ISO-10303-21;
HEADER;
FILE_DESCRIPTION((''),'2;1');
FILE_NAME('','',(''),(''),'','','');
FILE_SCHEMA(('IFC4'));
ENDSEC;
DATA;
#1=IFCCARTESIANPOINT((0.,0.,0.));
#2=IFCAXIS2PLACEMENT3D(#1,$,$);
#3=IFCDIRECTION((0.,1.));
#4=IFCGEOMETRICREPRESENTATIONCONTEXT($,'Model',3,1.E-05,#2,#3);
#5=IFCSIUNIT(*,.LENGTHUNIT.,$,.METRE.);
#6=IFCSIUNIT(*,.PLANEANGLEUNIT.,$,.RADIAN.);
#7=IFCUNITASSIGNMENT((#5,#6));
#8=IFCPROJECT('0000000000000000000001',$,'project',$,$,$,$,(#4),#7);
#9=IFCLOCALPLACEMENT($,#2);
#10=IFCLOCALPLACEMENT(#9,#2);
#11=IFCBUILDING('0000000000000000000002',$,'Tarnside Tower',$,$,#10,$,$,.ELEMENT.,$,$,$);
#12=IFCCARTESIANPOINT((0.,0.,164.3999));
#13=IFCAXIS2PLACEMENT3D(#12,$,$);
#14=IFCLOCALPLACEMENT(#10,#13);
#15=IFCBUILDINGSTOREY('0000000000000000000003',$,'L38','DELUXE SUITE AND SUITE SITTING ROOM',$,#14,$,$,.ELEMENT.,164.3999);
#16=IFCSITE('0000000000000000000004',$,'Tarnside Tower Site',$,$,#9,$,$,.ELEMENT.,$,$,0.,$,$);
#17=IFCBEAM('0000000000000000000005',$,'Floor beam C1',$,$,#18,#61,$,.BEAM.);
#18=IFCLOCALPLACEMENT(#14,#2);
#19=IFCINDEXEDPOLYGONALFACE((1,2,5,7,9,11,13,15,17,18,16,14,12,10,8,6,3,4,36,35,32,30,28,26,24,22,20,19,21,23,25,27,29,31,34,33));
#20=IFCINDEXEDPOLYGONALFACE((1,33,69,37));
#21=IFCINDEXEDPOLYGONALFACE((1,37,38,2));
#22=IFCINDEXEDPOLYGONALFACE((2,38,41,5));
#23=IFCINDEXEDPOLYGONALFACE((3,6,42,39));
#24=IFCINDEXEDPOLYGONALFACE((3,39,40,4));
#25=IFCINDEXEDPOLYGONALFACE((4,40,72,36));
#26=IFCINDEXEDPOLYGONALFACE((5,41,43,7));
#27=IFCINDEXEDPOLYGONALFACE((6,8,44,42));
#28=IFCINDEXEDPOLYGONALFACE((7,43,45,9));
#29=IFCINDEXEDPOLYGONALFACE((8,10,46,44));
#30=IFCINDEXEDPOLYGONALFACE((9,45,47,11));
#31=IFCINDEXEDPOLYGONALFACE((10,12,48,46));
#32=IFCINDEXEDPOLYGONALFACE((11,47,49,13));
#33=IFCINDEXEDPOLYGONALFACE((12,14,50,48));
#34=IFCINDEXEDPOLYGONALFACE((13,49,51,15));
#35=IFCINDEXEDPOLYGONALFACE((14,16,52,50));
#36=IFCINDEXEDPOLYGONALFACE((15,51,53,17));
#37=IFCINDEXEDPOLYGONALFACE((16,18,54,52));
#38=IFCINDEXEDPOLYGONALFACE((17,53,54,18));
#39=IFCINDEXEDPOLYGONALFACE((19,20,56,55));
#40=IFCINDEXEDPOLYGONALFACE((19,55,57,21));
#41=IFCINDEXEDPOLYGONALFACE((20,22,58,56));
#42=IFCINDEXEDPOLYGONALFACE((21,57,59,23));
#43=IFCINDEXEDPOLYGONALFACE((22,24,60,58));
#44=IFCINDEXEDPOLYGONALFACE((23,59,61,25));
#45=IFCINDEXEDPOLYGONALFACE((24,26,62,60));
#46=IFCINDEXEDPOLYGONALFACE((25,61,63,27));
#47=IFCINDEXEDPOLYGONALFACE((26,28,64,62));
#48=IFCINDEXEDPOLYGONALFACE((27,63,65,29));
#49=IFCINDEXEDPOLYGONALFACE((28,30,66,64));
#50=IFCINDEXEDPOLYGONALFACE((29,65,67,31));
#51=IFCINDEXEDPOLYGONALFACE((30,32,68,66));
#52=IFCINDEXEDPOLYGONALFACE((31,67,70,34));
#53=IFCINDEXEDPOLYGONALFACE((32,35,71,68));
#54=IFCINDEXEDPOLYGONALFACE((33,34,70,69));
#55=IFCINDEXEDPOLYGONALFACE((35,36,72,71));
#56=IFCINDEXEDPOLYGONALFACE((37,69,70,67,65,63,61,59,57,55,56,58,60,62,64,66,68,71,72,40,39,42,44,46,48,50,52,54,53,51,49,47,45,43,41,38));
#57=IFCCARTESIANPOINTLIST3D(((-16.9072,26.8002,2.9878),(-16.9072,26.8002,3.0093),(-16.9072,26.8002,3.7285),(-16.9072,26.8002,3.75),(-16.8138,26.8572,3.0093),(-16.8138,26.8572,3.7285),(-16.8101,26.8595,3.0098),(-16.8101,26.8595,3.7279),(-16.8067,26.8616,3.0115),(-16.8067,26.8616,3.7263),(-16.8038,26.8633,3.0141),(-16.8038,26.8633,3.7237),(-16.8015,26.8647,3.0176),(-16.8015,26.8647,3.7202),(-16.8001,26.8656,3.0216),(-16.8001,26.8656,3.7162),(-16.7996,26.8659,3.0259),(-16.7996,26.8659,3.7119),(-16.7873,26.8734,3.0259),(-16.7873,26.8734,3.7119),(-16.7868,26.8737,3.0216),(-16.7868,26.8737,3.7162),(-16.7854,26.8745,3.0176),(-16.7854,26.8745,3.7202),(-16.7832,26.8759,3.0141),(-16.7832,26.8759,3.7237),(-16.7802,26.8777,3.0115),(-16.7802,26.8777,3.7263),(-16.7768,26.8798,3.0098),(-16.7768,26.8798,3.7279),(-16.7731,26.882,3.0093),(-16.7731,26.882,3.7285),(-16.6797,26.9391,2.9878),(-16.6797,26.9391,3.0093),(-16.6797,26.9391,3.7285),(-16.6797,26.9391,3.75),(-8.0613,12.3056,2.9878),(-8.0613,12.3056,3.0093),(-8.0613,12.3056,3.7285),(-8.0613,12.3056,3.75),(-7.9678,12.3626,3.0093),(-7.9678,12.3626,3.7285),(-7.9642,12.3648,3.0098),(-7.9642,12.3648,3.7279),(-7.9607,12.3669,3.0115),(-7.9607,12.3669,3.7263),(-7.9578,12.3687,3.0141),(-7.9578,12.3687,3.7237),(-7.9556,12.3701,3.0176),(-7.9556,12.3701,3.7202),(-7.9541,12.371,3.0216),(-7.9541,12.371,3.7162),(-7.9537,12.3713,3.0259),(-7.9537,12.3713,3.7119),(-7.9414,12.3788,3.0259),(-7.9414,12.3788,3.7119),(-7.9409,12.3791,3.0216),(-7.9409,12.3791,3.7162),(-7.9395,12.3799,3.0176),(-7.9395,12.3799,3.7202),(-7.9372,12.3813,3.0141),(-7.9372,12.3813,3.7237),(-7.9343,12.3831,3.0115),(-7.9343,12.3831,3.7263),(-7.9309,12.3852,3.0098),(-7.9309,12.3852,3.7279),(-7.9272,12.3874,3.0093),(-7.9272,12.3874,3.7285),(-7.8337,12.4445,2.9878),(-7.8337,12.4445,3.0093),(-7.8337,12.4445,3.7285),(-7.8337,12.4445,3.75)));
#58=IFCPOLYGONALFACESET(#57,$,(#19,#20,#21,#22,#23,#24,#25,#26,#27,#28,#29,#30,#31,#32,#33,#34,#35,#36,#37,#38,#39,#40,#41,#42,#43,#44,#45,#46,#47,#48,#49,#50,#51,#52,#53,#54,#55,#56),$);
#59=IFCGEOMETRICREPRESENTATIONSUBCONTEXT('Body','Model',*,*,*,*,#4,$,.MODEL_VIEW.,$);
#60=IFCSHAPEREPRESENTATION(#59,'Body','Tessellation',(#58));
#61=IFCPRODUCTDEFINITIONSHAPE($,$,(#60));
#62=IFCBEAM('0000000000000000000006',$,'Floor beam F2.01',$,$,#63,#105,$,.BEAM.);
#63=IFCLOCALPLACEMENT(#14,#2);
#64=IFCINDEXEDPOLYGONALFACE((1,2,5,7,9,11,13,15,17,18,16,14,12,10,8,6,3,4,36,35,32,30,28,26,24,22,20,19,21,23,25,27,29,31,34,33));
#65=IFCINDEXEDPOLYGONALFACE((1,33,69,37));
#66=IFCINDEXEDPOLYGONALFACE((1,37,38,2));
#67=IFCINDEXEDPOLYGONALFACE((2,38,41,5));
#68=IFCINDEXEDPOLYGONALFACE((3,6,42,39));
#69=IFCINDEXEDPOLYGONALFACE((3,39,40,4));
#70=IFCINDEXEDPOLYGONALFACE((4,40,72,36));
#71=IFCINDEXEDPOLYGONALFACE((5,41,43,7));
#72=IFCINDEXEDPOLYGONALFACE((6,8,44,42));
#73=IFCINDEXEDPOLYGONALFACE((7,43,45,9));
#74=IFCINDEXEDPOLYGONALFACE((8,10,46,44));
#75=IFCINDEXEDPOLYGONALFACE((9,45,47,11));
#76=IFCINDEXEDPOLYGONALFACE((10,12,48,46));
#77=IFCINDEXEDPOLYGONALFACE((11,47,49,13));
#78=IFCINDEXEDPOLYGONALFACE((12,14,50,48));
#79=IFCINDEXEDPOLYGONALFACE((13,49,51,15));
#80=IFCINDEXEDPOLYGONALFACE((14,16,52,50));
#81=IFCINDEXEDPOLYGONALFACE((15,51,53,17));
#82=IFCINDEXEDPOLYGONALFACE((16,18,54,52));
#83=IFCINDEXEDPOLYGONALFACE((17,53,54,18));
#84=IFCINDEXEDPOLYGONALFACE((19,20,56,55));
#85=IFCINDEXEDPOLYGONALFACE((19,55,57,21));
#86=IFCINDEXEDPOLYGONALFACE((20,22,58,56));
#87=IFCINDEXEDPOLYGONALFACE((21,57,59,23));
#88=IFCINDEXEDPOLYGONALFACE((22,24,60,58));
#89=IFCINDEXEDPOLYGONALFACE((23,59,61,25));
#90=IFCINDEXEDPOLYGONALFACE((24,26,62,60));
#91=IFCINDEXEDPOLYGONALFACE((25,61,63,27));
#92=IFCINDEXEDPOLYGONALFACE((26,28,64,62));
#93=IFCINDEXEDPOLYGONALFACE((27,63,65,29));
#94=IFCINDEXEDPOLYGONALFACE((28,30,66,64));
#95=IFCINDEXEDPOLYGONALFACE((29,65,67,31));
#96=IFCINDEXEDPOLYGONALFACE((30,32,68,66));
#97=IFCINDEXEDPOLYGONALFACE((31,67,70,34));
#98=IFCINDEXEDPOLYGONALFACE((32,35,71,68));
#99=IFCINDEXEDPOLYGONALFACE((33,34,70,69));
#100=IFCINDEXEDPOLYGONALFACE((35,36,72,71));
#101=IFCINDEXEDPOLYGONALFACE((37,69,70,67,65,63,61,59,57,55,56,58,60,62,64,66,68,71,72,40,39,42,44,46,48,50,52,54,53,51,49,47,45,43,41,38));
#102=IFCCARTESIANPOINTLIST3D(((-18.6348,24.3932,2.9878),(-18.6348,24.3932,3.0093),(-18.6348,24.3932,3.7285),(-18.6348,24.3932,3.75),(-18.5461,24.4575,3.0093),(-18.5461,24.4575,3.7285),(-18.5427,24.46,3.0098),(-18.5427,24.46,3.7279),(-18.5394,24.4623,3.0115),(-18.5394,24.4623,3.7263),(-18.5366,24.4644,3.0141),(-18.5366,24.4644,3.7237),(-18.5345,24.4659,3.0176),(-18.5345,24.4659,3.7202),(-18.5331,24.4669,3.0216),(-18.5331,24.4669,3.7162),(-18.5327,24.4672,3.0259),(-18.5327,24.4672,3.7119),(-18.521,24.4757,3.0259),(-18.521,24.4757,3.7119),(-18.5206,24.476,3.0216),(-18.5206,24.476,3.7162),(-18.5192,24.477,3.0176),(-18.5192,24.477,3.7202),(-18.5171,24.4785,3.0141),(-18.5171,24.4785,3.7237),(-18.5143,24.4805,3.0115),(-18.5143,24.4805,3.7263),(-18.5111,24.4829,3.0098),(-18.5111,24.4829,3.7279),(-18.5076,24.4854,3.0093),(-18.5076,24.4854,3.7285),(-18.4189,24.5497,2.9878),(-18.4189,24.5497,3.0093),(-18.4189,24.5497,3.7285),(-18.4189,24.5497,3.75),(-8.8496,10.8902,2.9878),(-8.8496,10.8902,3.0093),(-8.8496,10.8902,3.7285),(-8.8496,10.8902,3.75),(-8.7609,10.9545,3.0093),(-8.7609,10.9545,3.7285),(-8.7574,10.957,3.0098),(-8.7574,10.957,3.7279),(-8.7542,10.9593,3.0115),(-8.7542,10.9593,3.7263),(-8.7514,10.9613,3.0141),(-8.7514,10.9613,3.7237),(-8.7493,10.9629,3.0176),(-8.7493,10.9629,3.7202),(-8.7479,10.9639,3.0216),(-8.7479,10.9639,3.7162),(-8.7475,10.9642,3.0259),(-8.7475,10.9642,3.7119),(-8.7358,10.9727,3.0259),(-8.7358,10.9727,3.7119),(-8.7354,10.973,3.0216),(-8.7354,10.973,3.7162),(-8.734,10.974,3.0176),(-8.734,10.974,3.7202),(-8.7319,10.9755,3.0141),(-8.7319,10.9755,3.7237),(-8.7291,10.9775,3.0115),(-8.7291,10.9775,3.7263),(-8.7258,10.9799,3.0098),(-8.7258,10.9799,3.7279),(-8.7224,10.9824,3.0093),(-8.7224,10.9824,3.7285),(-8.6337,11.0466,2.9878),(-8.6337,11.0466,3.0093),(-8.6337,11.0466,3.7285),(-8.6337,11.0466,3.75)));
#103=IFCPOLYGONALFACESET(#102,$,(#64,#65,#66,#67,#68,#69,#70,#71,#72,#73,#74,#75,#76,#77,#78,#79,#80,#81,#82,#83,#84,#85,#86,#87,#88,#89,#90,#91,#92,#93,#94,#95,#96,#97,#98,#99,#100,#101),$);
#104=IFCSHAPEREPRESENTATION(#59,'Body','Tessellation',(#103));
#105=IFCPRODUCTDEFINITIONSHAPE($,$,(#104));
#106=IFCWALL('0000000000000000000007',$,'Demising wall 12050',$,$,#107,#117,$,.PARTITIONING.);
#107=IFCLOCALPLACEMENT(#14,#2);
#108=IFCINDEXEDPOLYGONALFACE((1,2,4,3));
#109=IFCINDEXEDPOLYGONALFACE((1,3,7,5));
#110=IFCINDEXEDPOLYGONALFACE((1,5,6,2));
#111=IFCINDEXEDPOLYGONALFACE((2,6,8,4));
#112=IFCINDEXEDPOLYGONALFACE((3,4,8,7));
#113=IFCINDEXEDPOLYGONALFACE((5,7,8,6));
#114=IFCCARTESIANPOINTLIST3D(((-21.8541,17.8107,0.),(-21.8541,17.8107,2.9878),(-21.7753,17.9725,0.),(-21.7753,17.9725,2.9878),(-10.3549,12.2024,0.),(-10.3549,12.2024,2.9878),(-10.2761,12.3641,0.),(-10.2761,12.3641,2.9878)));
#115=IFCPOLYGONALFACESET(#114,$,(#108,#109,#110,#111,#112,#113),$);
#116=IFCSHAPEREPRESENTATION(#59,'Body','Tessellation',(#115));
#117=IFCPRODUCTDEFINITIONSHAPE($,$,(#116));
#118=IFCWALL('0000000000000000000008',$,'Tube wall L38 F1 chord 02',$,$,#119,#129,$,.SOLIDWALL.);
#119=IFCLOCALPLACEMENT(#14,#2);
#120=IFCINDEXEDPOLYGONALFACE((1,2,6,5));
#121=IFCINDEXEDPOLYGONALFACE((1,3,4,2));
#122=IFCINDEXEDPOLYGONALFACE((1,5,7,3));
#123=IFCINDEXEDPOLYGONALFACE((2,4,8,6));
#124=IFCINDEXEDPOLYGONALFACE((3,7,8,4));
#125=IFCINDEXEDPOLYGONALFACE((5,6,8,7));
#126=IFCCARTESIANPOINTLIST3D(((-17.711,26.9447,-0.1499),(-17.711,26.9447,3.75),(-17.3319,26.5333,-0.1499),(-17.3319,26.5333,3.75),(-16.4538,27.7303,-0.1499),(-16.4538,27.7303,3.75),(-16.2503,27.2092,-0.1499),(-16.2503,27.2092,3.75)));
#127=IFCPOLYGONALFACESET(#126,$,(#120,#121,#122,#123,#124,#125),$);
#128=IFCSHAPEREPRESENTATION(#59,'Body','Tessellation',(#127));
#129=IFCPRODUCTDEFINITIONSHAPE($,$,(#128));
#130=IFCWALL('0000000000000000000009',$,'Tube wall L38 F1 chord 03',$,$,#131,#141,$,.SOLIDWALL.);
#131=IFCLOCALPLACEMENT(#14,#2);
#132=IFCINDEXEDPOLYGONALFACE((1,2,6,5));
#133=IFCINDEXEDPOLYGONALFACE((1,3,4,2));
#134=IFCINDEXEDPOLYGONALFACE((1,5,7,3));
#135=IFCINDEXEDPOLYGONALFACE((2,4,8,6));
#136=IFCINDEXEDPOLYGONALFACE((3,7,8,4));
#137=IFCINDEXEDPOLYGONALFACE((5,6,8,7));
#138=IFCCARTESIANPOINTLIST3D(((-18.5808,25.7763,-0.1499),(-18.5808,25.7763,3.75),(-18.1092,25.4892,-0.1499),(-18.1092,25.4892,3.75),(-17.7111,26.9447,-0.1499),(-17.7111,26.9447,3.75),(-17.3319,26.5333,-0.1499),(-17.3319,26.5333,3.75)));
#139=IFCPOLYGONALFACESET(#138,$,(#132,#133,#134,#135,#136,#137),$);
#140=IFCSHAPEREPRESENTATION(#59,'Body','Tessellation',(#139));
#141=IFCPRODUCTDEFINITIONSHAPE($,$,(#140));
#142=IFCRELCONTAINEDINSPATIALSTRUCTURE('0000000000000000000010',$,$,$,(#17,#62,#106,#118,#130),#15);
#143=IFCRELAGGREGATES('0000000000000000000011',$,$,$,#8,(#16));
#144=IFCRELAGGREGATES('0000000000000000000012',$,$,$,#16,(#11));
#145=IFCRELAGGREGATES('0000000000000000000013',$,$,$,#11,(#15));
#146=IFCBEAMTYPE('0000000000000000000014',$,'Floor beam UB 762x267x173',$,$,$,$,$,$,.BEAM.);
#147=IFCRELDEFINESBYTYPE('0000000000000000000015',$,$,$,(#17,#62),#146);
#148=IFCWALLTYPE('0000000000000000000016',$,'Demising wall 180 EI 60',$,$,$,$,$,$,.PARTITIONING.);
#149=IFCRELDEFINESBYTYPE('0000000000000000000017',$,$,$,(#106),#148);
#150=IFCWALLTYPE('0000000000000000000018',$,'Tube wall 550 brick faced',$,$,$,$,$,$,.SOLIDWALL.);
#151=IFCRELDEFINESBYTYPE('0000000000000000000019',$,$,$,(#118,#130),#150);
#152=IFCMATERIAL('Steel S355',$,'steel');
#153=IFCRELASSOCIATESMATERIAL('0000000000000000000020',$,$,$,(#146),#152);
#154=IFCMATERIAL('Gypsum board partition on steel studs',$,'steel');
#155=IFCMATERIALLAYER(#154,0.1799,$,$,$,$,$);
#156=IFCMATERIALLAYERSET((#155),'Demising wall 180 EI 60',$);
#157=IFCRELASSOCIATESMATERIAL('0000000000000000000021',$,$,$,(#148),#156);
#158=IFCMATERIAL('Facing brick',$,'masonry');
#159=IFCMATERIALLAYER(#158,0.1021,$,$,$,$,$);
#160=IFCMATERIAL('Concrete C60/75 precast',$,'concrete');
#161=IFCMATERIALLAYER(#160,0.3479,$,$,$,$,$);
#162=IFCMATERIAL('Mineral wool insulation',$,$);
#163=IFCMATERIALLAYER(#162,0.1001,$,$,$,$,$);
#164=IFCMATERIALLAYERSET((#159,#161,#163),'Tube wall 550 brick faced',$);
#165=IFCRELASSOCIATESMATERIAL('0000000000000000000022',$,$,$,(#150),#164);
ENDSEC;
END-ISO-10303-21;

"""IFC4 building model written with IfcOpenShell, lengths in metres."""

from ifc_helpers import new_model, si_unit, direction, frame, frame_2d, origin, origin_2d, place, context, subcontext, project, spatial, polyline, rectangle, i_section, outline, extrude, material, layer, layer_set, material_profile, profile_set, type_object, element, save


model = new_model("IFC4")

# Units and contexts
model_context = context("Model", 3, precision=1e-05, world=origin(), true_north=direction((0.0, 1.0)))
body_context = subcontext(model_context, "Body", "Model", "MODEL_VIEW")
ifc_project = project(units=[si_unit("LENGTHUNIT", "METRE"), si_unit("PLANEANGLEUNIT", "RADIAN")], contexts=[model_context])

# Site, building, storey
site_placement = place(None, origin())
site = spatial("IfcSite", under=ifc_project, at=site_placement, Name="Tarnside Tower Site", CompositionType="ELEMENT", RefElevation=0.0)
building_placement = place(site_placement, origin())
building = spatial("IfcBuilding", under=site, at=building_placement, Name="Tarnside Tower", CompositionType="ELEMENT")
storey_placement = place(building_placement, frame((0.0, 0.0, 164.3999)))
storey = spatial("IfcBuildingStorey", under=building, at=storey_placement, Name="L38", Description="DELUXE SUITE AND SUITE SITTING ROOM", CompositionType="ELEMENT", Elevation=164.3999)

# Beams
ifc_material_1 = material(Name="Steel S355", Category="steel")
ifc_material_profile_1 = material_profile(ifc_material_1, i_section(OverallWidth=0.2666, OverallDepth=0.7622, WebThickness=0.0144, FlangeThickness=0.0215, FilletRadius=0.0166, at=origin_2d()), Name="UB 762x267x173")
ifc_profile_set_1 = profile_set([ifc_material_profile_1], Name="Steel S355")
beam_type_1 = type_object("IfcBeamType", Name="Floor beam UB 762x267x173", PredefinedType="BEAM", material=ifc_profile_set_1)
beam_1_placement = place(storey_placement, frame((-16.7935, 26.8696, 3.3689), z_axis=(0.52094, -0.853593, 0.0), x_axis=(0.853593, 0.52094, 0.0)))
element("IfcBeam", 1, at=beam_1_placement, inside=storey, type_object=beam_type_1, Name="Floor beam C1", PredefinedType="BEAM", context=body_context, shape_type="SweptSolid", body=[
    extrude(i_section(OverallWidth=0.2666, OverallDepth=0.7622, WebThickness=0.0144, FlangeThickness=0.0215, FilletRadius=0.0166, at=origin_2d()), origin(), (0.0, 0.0, 1.0), 16.9807),
])
beam_2_placement = place(storey_placement, frame((-18.5269, 24.4714, 3.3689), z_axis=(0.586792, -0.809738, 0.0), x_axis=(0.809738, 0.586792, 0.0)))
element("IfcBeam", 2, at=beam_2_placement, inside=storey, type_object=beam_type_1, Name="Floor beam F2.01", PredefinedType="BEAM", context=body_context, shape_type="SweptSolid", body=[
    extrude(i_section(OverallWidth=0.2666, OverallDepth=0.7622, WebThickness=0.0144, FlangeThickness=0.0215, FilletRadius=0.0166, at=origin_2d()), origin(), (0.0, 0.0, 1.0), 16.6758),
])

# Walls
ifc_material_2 = material(Name="Gypsum board partition on steel studs", Category="steel")
ifc_layer_1 = layer(ifc_material_2, 0.1799)
ifc_layer_set_1 = layer_set([ifc_layer_1], Name="Demising wall 180 EI 60")
wall_type_1 = type_object("IfcWallType", Name="Demising wall 180 EI 60", PredefinedType="PARTITIONING", material=ifc_layer_set_1)
wall_1_placement = place(storey_placement, frame((-21.8147, 17.8916, 0.0), z_axis=(0.0, 0.0, 1.0), x_axis=(0.898799, -0.43836, 0.0)))
element("IfcWall", 3, at=wall_1_placement, inside=storey, type_object=wall_type_1, Name="Demising wall 12050", PredefinedType="PARTITIONING", context=body_context, shape_type="SweptSolid", body=[
    extrude(rectangle(XDim=12.7939, YDim=0.1799, at=frame_2d((6.397, 0.0))), origin(), (0.0, 0.0, 1.0), 2.9878),
])
ifc_material_3 = material(Name="Facing brick", Category="masonry")
ifc_layer_2 = layer(ifc_material_3, 0.1021)
ifc_material_4 = material(Name="Concrete C60/75 precast", Category="concrete")
ifc_layer_3 = layer(ifc_material_4, 0.3479)
ifc_material_5 = material(Name="Mineral wool insulation")
ifc_layer_4 = layer(ifc_material_5, 0.1001)
ifc_layer_set_2 = layer_set([ifc_layer_2, ifc_layer_3, ifc_layer_4], Name="Tube wall 550 brick faced")
wall_type_2 = type_object("IfcWallType", Name="Tube wall 550 brick faced", PredefinedType="SOLIDWALL", material=ifc_layer_set_2)
wall_2_placement = place(storey_placement, frame((-16.3521, 27.4697, -0.1499), z_axis=(0.0, 0.0, 1.0), x_axis=(-0.848058, -0.529903, 0.0)))
element("IfcWall", 4, at=wall_2_placement, inside=storey, type_object=wall_type_2, Name="Tube wall L38 F1 chord 02", PredefinedType="SOLIDWALL", context=body_context, shape_type="SweptSolid", body=[
    extrude(outline(polyline([(-0.0518, -0.2749), (1.4307, -0.2749), (1.3271, 0.2749), (0.0518, 0.2749), (-0.0518, -0.2749)])), origin(), (0.0, 0.0, 1.0), 3.8999),
])
wall_3_placement = place(storey_placement, frame((-17.5215, 26.739, -0.1499), z_axis=(0.0, 0.0, 1.0), x_axis=(-0.597135, -0.802141, 0.0)))
element("IfcWall", 5, at=wall_3_placement, inside=storey, type_object=wall_type_2, Name="Tube wall L38 F1 chord 03", PredefinedType="SOLIDWALL", context=body_context, shape_type="SweptSolid", body=[
    extrude(outline(polyline([(-0.0518, -0.2749), (1.4048, -0.2749), (1.3535, 0.2749), (0.0518, 0.2749), (-0.0518, -0.2749)])), origin(), (0.0, 0.0, 1.0), 3.8999),
])

save(model, "model.ifc")
